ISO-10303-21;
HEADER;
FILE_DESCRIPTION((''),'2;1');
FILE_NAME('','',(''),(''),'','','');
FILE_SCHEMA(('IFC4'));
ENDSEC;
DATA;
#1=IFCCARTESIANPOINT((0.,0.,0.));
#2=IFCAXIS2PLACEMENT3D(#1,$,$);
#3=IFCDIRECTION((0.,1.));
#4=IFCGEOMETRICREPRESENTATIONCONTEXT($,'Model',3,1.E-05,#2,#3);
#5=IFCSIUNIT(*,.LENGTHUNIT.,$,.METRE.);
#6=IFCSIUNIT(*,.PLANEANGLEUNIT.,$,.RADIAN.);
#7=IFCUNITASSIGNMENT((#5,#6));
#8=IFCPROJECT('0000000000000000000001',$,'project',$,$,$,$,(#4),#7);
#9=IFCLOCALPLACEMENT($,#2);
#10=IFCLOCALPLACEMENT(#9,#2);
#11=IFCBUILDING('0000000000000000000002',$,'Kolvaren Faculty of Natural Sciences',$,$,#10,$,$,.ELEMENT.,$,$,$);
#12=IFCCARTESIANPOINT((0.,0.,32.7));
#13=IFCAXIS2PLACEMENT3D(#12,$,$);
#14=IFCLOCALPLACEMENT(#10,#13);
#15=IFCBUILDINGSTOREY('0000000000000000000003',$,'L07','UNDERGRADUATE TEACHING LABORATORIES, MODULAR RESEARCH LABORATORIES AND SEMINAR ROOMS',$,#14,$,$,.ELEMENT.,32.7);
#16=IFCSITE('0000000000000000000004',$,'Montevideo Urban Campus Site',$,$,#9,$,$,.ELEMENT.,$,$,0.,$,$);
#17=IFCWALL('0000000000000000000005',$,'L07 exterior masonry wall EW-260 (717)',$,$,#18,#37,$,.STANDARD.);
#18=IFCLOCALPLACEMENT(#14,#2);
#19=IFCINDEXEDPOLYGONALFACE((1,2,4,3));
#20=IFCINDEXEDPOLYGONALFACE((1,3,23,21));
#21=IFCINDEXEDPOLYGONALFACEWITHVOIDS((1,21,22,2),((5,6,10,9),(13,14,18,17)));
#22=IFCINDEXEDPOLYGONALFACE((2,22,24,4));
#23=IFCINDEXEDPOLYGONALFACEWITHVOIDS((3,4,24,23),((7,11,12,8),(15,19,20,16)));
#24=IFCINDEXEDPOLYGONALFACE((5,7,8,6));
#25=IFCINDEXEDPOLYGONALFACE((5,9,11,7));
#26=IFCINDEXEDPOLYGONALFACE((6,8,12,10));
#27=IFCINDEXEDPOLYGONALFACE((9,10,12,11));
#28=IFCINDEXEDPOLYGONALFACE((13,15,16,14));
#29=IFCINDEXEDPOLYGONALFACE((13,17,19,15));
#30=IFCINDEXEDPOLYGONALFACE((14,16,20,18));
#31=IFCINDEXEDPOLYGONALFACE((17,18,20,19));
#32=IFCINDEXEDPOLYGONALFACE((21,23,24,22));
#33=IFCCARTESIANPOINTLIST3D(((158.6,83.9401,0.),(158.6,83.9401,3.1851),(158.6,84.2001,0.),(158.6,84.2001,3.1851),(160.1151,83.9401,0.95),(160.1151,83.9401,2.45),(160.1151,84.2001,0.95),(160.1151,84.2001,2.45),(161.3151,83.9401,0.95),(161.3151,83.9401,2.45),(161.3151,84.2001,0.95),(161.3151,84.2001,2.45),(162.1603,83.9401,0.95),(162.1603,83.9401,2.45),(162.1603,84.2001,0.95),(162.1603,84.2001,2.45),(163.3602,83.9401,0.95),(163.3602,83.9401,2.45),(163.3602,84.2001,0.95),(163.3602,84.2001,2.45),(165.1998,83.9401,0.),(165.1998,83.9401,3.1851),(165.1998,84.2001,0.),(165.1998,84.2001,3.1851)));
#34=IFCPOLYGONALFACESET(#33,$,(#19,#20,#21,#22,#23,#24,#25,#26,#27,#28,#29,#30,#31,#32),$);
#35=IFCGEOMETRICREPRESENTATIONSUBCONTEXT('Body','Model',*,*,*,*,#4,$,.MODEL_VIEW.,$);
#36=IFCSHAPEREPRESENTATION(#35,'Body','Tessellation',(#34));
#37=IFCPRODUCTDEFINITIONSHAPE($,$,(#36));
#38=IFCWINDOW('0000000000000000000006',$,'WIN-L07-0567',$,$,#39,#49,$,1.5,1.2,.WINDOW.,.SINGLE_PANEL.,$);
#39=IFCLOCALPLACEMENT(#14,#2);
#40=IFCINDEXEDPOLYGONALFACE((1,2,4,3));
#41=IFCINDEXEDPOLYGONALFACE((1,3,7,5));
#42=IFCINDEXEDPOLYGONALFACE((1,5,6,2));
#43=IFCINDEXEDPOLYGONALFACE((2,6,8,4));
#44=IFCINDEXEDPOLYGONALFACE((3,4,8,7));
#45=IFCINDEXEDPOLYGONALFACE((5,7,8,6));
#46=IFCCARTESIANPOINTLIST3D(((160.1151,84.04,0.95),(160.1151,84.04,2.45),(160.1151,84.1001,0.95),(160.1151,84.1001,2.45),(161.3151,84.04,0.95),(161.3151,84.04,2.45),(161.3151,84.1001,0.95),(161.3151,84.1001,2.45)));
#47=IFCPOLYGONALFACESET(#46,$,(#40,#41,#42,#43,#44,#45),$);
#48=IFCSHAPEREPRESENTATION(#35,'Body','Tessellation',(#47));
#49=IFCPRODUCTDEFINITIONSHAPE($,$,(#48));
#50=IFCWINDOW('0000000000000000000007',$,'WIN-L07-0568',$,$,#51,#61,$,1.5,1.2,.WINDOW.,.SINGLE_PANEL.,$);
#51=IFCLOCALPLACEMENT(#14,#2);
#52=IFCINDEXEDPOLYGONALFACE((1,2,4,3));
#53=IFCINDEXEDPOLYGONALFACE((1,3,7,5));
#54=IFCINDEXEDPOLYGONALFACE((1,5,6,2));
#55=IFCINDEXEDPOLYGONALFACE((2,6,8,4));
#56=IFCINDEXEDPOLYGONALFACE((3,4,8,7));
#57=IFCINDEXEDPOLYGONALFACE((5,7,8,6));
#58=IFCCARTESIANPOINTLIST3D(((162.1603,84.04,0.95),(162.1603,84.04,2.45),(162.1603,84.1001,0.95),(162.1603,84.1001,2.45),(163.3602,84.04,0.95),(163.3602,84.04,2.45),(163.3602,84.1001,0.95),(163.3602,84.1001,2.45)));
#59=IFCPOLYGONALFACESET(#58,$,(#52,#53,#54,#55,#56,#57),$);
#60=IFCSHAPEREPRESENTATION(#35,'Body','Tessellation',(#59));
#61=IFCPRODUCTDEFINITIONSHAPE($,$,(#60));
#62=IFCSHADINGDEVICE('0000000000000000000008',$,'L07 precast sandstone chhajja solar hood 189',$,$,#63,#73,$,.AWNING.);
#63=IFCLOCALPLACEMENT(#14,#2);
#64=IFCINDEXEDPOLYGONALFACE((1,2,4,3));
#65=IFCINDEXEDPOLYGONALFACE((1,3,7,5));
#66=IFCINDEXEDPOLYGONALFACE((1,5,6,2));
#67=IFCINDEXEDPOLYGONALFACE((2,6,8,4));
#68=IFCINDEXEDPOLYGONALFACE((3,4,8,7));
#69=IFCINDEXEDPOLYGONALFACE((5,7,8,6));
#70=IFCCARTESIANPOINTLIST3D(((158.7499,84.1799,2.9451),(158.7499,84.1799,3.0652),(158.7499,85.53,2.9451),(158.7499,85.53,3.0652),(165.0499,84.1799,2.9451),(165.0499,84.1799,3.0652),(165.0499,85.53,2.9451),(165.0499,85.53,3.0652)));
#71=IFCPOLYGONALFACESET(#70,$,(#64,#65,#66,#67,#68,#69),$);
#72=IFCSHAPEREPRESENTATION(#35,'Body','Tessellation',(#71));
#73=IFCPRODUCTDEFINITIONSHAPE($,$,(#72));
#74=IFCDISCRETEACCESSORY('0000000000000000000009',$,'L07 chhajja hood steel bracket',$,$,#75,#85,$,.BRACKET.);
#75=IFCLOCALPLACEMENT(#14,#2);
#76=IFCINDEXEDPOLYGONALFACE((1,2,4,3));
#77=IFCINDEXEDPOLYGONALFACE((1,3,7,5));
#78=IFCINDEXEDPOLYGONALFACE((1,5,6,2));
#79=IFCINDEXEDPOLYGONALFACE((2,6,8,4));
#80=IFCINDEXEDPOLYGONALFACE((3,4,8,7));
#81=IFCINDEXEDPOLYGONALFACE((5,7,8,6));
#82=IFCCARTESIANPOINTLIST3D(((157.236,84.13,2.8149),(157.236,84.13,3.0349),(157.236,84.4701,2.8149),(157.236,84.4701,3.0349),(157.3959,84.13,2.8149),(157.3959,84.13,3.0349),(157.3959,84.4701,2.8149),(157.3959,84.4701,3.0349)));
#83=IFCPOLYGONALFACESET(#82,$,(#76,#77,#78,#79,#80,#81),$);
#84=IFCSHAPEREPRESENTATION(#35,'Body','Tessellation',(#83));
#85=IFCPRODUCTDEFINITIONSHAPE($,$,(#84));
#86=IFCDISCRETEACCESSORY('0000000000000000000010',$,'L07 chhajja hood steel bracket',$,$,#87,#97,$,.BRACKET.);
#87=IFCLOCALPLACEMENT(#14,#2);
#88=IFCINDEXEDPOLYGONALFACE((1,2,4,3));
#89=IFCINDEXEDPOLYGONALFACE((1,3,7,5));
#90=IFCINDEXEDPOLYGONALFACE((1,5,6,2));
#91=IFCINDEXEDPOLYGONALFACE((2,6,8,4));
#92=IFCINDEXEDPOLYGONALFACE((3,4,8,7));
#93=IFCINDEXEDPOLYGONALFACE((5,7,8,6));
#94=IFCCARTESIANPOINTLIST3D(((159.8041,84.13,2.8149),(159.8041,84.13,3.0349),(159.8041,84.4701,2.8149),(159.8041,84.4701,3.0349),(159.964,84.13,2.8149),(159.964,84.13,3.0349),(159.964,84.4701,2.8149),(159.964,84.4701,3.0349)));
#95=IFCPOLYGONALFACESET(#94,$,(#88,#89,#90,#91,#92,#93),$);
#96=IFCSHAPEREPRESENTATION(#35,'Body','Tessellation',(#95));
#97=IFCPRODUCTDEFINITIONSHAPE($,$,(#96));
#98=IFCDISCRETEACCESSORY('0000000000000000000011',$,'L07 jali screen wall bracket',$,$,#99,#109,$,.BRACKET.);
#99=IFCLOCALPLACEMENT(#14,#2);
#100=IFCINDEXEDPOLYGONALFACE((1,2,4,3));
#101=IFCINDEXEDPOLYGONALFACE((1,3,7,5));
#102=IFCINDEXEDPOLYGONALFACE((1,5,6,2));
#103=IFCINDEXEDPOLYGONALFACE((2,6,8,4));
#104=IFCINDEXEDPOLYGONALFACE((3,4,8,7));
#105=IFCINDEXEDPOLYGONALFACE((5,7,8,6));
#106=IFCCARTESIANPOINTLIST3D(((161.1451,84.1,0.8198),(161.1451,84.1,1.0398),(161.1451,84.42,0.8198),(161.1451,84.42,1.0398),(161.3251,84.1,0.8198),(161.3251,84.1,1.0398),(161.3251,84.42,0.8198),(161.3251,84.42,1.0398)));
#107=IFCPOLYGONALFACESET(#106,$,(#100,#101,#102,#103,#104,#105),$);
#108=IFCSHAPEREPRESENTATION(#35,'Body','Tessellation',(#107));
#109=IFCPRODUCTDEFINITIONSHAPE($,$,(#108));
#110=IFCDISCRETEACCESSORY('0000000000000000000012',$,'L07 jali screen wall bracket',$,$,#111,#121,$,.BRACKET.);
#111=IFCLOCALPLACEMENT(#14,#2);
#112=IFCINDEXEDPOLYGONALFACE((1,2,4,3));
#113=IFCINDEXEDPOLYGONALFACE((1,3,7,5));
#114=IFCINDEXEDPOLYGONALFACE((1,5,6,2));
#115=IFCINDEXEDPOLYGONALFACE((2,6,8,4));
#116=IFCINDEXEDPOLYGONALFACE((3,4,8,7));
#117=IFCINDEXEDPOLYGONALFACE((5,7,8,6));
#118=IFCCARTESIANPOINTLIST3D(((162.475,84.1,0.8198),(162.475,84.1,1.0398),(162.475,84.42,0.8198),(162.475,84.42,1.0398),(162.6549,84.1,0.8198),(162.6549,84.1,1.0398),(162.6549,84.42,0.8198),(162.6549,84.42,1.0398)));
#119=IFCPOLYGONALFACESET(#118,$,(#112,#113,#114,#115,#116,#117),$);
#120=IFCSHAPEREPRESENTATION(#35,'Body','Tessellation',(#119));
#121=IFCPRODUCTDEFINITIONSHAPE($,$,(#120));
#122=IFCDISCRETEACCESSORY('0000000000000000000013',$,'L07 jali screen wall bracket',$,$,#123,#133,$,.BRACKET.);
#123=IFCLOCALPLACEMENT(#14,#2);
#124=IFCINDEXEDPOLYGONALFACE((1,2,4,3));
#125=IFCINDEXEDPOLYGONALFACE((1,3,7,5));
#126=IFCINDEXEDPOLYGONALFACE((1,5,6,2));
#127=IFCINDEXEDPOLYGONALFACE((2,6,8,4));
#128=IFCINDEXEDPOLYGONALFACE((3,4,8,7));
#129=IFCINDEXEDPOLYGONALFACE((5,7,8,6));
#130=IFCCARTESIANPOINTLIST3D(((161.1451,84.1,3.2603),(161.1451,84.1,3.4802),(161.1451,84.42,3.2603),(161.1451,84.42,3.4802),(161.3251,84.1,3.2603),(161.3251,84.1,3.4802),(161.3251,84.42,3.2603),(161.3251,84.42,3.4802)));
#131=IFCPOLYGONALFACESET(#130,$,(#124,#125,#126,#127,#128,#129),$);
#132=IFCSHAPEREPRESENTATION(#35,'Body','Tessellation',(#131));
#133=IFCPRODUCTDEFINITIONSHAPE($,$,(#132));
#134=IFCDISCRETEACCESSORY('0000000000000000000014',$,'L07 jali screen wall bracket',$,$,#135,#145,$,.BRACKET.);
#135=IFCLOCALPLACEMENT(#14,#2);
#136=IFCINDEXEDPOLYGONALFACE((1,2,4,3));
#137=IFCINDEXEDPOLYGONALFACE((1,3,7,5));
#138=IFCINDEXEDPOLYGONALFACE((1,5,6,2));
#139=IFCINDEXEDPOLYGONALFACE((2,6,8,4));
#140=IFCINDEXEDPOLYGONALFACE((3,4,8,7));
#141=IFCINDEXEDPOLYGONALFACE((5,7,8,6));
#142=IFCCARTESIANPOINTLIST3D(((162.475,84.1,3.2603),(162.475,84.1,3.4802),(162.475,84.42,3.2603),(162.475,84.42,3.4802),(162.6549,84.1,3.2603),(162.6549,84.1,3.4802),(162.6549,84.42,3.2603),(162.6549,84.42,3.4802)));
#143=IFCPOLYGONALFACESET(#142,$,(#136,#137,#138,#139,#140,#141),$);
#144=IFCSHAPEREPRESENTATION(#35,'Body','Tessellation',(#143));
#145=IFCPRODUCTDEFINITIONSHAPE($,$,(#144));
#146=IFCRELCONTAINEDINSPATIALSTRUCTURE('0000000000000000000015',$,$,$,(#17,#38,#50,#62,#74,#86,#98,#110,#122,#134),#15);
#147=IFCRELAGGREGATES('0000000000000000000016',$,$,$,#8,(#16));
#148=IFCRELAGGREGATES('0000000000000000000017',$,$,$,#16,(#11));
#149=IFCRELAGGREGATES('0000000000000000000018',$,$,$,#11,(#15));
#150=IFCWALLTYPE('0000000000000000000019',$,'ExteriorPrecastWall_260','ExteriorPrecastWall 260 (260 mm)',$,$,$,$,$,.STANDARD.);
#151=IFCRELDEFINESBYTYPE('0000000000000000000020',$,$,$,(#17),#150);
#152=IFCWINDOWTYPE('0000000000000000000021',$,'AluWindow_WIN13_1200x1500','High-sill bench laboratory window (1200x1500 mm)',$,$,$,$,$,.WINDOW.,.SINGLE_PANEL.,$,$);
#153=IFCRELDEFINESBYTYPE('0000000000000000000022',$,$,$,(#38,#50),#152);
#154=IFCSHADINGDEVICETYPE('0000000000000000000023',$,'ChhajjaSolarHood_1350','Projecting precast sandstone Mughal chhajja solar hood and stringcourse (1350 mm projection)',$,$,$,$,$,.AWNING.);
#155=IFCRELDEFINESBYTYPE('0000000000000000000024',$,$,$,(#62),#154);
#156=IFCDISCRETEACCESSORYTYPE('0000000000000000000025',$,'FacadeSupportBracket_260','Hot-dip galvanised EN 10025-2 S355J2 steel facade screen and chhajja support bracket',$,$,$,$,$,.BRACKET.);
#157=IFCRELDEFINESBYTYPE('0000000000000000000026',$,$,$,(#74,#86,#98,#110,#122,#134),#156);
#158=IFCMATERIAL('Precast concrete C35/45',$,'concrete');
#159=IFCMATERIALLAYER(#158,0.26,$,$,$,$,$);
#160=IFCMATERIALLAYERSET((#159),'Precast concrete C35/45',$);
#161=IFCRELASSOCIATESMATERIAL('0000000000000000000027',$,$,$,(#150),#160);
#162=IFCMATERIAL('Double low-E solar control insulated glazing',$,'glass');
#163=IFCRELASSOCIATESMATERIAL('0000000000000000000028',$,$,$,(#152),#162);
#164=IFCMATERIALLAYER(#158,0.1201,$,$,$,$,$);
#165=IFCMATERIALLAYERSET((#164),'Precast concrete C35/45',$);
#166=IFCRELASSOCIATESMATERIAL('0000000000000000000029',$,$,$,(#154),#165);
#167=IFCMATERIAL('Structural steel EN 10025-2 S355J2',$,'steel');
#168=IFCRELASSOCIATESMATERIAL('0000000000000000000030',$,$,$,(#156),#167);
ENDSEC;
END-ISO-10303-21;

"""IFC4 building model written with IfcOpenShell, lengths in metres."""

from ifc_helpers import new_model, si_unit, direction, frame, frame_2d, origin, origin_2d, place, context, subcontext, project, spatial, rectangle, extrude, material, layer, layer_set, type_object, element, fill, save


model = new_model("IFC4")

# Units and contexts
model_context = context("Model", 3, precision=1e-05, world=origin(), true_north=direction((0.0, 1.0)))
body_context = subcontext(model_context, "Body", "Model", "MODEL_VIEW")
ifc_project = project(units=[si_unit("LENGTHUNIT", "METRE"), si_unit("PLANEANGLEUNIT", "RADIAN")], contexts=[model_context])

# Site, building, storey
site_placement = place(None, origin())
site = spatial("IfcSite", under=ifc_project, at=site_placement, Name="Montevideo Urban Campus Site", CompositionType="ELEMENT", RefElevation=0.0)
building_placement = place(site_placement, origin())
building = spatial("IfcBuilding", under=site, at=building_placement, Name="Kolvaren Faculty of Natural Sciences", CompositionType="ELEMENT")
storey_placement = place(building_placement, frame((0.0, 0.0, 32.7)))
storey = spatial("IfcBuildingStorey", under=building, at=storey_placement, Name="L07", Description="UNDERGRADUATE TEACHING LABORATORIES, MODULAR RESEARCH LABORATORIES AND SEMINAR ROOMS", CompositionType="ELEMENT", Elevation=32.7)

# Wall, openings, windows
ifc_material_1 = material(Name="Precast concrete C35/45", Category="concrete")
ifc_layer_1 = layer(ifc_material_1, 0.26)
ifc_layer_set_1 = layer_set([ifc_layer_1], Name="Precast concrete C35/45")
wall_type_1 = type_object("IfcWallType", Name="ExteriorPrecastWall_260", Description="ExteriorPrecastWall 260 (260 mm)", PredefinedType="STANDARD", material=ifc_layer_set_1)
wall_1_placement = place(storey_placement, frame((158.6001, 84.0701, 0.0), z_axis=(0.0, 0.0, 1.0), x_axis=(1.0, 0.0, 0.0)))
wall_1 = element("IfcWall", 1, at=wall_1_placement, inside=storey, type_object=wall_type_1, Name="L07 exterior masonry wall EW-260 (717)", PredefinedType="STANDARD", context=body_context, shape_type="SweptSolid", body=[
    extrude(rectangle(XDim=6.5999, YDim=0.26, at=frame_2d((3.2998, 0.0))), origin(), (0.0, 0.0, 1.0), 3.1851),
])
opening_1_placement = place(wall_1_placement, frame((1.5149, 0.0, 0.95)))
opening_1 = element("IfcOpeningElement", 2, at=opening_1_placement, cuts=wall_1, PredefinedType="OPENING", context=body_context, shape_type="SweptSolid", body=[
    extrude(rectangle(XDim=1.2, YDim=1.5, at=frame_2d((0.6001, 0.75))), frame((0.0, 0.1399, 0.0), z_axis=(0.0, -1.0, 0.0), x_axis=(1.0, 0.0, 0.0)), (0.0, 0.0, 1.0), 0.28),
])
opening_2_placement = place(wall_1_placement, frame((3.5601, 0.0, 0.95)))
opening_2 = element("IfcOpeningElement", 3, at=opening_2_placement, cuts=wall_1, PredefinedType="OPENING", context=body_context, shape_type="SweptSolid", body=[
    extrude(rectangle(XDim=1.2, YDim=1.5, at=frame_2d((0.6001, 0.75))), frame((0.0, 0.1399, 0.0), z_axis=(0.0, -1.0, 0.0), x_axis=(1.0, 0.0, 0.0)), (0.0, 0.0, 1.0), 0.28),
])
ifc_material_2 = material(Name="Double low-E solar control insulated glazing", Category="glass")
window_type = type_object("IfcWindowType", Name="AluWindow_WIN13_1200x1500", Description="High-sill bench laboratory window (1200x1500 mm)", PartitioningType="SINGLE_PANEL", PredefinedType="WINDOW", material=ifc_material_2)
window_1_placement = place(opening_1_placement, origin())
window_1 = element("IfcWindow", 4, at=window_1_placement, inside=storey, type_object=window_type, Name="WIN-L07-0567", OverallHeight=1.5, OverallWidth=1.2, PartitioningType="SINGLE_PANEL", PredefinedType="WINDOW", context=body_context, shape_type="SweptSolid", body=[
    extrude(rectangle(XDim=1.2, YDim=1.5, at=frame_2d((0.6001, 0.75))), frame((0.0, 0.03, 0.0), z_axis=(0.0, -1.0, 0.0), x_axis=(1.0, 0.0, 0.0)), (0.0, 0.0, 1.0), 0.0601),
])
fill(opening_1, window_1)
window_2_placement = place(opening_2_placement, origin())
window_2 = element("IfcWindow", 5, at=window_2_placement, inside=storey, type_object=window_type, Name="WIN-L07-0568", OverallHeight=1.5, OverallWidth=1.2, PartitioningType="SINGLE_PANEL", PredefinedType="WINDOW", context=body_context, shape_type="SweptSolid", body=[
    extrude(rectangle(XDim=1.2, YDim=1.5, at=frame_2d((0.6001, 0.75))), frame((0.0, 0.03, 0.0), z_axis=(0.0, -1.0, 0.0), x_axis=(1.0, 0.0, 0.0)), (0.0, 0.0, 1.0), 0.0601),
])
fill(opening_2, window_2)

# Shading device
ifc_layer_2 = layer(ifc_material_1, 0.1201)
ifc_layer_set_2 = layer_set([ifc_layer_2], Name="Precast concrete C35/45")
shading_device_type = type_object("IfcShadingDeviceType", Name="ChhajjaSolarHood_1350", Description="Projecting precast sandstone Mughal chhajja solar hood and stringcourse (1350 mm projection)", PredefinedType="AWNING", material=ifc_layer_set_2)
shading_device_placement = place(storey_placement, frame((161.8999, 84.855, 2.9451), z_axis=(0.0, 0.0, 1.0), x_axis=(1.0, 0.0, 0.0)))
element("IfcShadingDevice", 6, at=shading_device_placement, inside=storey, type_object=shading_device_type, Name="L07 precast sandstone chhajja solar hood 189", PredefinedType="AWNING", context=body_context, shape_type="SweptSolid", body=[
    extrude(rectangle(XDim=6.3, YDim=1.3501, at=origin_2d()), origin(), (0.0, 0.0, 1.0), 0.1201),
])

# Discrete accessories
ifc_material_3 = material(Name="Structural steel EN 10025-2 S355J2", Category="steel")
discrete_accessory_type = type_object("IfcDiscreteAccessoryType", Name="FacadeSupportBracket_260", Description="Hot-dip galvanised EN 10025-2 S355J2 steel facade screen and chhajja support bracket", PredefinedType="BRACKET", material=ifc_material_3)
for number, where, z_axis, x_axis, name in (
    (7, (157.3159, 84.3, 2.8149), (0.0, 0.0, 1.0), (1.0, 0.0, 0.0), "L07 chhajja hood steel bracket"),
    (8, (159.884, 84.3, 2.8149), (0.0, 0.0, 1.0), (1.0, 0.0, 0.0), "L07 chhajja hood steel bracket"),
):
    element("IfcDiscreteAccessory", number, at=place(storey_placement, frame(where, z_axis=z_axis, x_axis=x_axis)), inside=storey, type_object=discrete_accessory_type, Name=name, PredefinedType="BRACKET", context=body_context, shape_type="SweptSolid", body=[
        extrude(rectangle(XDim=0.1599, YDim=0.3401, at=origin_2d()), origin(), (0.0, 0.0, 1.0), 0.22),
    ])
for number, where, z_axis, x_axis, name in (
    (9, (161.2351, 84.26, 0.8198), (0.0, 0.0, 1.0), (1.0, 0.0, 0.0), "L07 jali screen wall bracket"),
    (10, (162.5649, 84.26, 0.8198), (0.0, 0.0, 1.0), (1.0, 0.0, 0.0), "L07 jali screen wall bracket"),
    (11, (161.2351, 84.26, 3.2603), (0.0, 0.0, 1.0), (1.0, 0.0, 0.0), "L07 jali screen wall bracket"),
    (12, (162.5649, 84.26, 3.2603), (0.0, 0.0, 1.0), (1.0, 0.0, 0.0), "L07 jali screen wall bracket"),
):
    element("IfcDiscreteAccessory", number, at=place(storey_placement, frame(where, z_axis=z_axis, x_axis=x_axis)), inside=storey, type_object=discrete_accessory_type, Name=name, PredefinedType="BRACKET", context=body_context, shape_type="SweptSolid", body=[
        extrude(rectangle(XDim=0.1799, YDim=0.3201, at=origin_2d()), origin(), (0.0, 0.0, 1.0), 0.22),
    ])

save(model, "model.ifc")
